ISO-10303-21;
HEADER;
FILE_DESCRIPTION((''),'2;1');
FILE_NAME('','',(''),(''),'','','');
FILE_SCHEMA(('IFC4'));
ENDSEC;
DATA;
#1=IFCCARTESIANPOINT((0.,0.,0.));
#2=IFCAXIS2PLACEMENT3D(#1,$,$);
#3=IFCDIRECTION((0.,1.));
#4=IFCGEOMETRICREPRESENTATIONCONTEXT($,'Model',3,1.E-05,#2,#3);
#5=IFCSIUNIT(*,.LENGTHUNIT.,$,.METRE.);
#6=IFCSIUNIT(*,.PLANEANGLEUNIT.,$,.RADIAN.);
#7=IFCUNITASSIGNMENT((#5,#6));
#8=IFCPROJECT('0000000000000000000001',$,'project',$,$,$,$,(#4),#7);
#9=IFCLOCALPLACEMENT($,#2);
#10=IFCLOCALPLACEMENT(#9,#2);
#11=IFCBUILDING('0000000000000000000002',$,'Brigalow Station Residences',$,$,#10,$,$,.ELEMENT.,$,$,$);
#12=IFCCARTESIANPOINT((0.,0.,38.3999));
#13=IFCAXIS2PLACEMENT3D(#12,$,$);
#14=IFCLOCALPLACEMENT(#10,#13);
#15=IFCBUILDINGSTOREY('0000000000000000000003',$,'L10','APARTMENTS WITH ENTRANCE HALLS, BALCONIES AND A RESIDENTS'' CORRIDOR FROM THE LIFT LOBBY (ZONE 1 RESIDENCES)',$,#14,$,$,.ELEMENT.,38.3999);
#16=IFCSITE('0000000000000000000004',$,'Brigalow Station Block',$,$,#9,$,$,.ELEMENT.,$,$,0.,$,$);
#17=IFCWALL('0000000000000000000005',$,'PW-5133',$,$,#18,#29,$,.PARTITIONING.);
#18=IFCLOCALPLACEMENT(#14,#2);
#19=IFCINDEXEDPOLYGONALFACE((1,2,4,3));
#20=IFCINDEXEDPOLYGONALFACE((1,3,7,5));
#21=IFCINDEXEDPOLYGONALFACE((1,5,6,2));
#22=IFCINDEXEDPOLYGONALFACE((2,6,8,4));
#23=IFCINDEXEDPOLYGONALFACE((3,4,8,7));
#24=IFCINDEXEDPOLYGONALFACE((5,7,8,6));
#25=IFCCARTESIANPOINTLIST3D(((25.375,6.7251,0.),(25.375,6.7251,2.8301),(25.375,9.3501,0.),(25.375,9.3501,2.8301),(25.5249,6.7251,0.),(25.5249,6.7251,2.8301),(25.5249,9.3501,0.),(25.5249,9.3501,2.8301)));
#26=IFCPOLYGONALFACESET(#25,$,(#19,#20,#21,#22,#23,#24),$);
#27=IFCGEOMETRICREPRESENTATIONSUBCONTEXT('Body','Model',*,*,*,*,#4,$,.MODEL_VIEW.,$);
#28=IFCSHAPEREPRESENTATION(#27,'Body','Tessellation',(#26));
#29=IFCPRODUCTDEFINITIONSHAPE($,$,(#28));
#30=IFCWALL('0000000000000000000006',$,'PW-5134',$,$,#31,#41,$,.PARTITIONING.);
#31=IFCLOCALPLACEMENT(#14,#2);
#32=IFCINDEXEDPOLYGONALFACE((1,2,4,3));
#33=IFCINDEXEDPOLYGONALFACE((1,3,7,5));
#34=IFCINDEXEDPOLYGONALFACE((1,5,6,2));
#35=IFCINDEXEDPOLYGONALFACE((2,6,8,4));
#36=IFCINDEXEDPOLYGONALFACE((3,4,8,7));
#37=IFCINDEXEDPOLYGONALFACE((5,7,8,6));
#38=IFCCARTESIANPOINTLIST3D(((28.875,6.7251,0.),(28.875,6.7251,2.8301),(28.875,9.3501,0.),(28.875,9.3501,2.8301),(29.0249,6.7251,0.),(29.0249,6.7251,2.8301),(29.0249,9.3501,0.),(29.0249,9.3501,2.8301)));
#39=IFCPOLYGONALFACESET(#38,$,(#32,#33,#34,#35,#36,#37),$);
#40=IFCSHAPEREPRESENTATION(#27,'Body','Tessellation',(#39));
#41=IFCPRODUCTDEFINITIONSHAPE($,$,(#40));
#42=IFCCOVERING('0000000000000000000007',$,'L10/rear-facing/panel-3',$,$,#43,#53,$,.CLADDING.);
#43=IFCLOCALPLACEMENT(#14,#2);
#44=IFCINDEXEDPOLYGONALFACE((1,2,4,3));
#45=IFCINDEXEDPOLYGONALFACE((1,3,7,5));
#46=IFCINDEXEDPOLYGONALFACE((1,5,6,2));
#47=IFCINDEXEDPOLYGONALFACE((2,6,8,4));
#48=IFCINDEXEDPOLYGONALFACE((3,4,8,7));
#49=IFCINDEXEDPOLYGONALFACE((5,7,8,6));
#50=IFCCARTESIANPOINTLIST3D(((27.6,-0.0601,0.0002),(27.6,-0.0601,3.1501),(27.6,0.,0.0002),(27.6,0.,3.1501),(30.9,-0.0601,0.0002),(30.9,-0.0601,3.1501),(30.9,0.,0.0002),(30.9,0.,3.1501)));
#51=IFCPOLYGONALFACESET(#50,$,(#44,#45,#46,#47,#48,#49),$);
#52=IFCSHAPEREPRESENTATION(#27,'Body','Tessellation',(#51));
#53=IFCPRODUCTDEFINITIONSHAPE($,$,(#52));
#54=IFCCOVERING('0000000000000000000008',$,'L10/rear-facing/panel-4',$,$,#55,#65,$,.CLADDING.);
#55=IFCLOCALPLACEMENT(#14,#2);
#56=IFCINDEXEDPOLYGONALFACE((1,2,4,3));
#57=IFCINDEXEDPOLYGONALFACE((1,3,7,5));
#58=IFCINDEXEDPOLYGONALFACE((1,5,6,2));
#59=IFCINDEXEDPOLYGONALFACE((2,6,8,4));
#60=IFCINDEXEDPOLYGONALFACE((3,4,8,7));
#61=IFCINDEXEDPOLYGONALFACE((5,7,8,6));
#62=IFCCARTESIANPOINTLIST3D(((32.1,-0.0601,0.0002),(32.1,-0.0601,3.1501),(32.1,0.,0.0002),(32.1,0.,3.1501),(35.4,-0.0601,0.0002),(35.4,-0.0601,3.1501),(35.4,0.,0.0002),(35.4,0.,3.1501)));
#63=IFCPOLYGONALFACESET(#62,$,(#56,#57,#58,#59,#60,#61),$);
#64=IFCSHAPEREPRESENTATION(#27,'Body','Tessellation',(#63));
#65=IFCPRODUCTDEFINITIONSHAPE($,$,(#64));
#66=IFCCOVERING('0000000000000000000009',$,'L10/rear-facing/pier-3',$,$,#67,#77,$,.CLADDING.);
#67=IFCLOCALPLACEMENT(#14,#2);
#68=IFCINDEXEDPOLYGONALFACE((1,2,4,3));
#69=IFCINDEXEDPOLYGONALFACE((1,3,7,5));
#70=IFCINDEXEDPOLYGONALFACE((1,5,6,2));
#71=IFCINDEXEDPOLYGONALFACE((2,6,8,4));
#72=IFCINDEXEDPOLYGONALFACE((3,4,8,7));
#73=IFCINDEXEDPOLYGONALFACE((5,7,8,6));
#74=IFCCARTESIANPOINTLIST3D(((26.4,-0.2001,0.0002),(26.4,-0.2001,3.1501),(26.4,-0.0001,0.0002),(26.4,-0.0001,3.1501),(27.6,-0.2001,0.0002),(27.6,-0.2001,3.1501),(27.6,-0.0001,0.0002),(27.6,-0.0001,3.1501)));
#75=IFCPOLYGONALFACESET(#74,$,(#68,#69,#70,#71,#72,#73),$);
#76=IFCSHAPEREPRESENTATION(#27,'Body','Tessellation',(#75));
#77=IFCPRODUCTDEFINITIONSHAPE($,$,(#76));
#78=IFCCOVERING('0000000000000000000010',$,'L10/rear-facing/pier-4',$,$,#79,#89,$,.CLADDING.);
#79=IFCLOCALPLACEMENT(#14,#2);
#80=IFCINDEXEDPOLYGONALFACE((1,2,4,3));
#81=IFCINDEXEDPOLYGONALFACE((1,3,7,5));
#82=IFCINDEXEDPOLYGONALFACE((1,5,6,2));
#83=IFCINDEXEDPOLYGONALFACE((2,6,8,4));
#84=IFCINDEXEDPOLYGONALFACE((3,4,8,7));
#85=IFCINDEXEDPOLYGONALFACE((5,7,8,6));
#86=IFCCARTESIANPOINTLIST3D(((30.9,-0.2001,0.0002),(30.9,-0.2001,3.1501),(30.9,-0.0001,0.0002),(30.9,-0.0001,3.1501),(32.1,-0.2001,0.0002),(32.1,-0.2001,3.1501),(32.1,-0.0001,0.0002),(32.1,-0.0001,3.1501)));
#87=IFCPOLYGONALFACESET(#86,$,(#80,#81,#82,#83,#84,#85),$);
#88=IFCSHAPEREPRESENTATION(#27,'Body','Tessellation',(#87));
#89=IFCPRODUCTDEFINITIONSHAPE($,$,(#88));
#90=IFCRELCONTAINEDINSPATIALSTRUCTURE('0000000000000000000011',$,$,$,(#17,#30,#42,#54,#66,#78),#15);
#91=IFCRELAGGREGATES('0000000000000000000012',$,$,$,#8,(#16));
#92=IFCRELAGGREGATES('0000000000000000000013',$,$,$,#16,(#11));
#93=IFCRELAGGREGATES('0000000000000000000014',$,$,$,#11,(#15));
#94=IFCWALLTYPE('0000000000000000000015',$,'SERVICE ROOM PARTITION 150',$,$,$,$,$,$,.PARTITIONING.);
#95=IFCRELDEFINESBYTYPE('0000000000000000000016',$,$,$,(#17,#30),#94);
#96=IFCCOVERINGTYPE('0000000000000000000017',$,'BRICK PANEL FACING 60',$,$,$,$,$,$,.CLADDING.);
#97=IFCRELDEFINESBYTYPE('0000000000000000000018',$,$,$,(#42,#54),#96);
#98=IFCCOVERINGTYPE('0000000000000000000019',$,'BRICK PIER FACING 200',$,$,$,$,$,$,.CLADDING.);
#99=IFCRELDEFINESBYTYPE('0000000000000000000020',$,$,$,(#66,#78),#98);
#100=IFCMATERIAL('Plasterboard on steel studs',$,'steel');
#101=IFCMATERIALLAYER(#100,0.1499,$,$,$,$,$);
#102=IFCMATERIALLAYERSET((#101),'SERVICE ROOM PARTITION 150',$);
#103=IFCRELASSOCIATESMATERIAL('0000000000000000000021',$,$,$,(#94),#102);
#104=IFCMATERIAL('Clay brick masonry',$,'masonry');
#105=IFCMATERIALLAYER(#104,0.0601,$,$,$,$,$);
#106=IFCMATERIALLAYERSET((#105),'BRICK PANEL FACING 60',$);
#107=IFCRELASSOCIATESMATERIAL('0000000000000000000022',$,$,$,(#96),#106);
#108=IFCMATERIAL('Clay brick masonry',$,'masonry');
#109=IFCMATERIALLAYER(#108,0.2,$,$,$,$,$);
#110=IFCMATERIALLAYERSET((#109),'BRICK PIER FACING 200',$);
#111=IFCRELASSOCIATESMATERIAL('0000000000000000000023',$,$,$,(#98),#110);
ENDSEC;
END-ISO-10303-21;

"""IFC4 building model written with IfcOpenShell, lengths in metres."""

from ifc_helpers import new_model, si_unit, direction, frame, frame_2d, origin, origin_2d, place, context, subcontext, project, spatial, rectangle, extrude, material, layer, layer_set, type_object, element, save


model = new_model("IFC4")

# Units and contexts
model_context = context("Model", 3, precision=1e-05, world=origin(), true_north=direction((0.0, 1.0)))
body_context = subcontext(model_context, "Body", "Model", "MODEL_VIEW")
ifc_project = project(units=[si_unit("LENGTHUNIT", "METRE"), si_unit("PLANEANGLEUNIT", "RADIAN")], contexts=[model_context])

# Site, building, storey
site_placement = place(None, origin())
site = spatial("IfcSite", under=ifc_project, at=site_placement, Name="Brigalow Station Block", CompositionType="ELEMENT", RefElevation=0.0)
building_placement = place(site_placement, origin())
building = spatial("IfcBuilding", under=site, at=building_placement, Name="Brigalow Station Residences", CompositionType="ELEMENT")
storey_placement = place(building_placement, frame((0.0, 0.0, 38.3999)))
storey = spatial("IfcBuildingStorey", under=building, at=storey_placement, Name="L10", Description="APARTMENTS WITH ENTRANCE HALLS, BALCONIES AND A RESIDENTS' CORRIDOR FROM THE LIFT LOBBY (ZONE 1 RESIDENCES)", CompositionType="ELEMENT", Elevation=38.3999)

# Shared definitions
ifc_material_1 = material(Name="Plasterboard on steel studs", Category="steel")
ifc_layer_1 = layer(ifc_material_1, 0.1499)
ifc_layer_set_1 = layer_set([ifc_layer_1], Name="SERVICE ROOM PARTITION 150")
wall_type_1 = type_object("IfcWallType", Name="SERVICE ROOM PARTITION 150", PredefinedType="PARTITIONING", material=ifc_layer_set_1)

# Walls
for number, where, z_axis, x_axis, name in (
    (1, (25.45, 6.7251, 0.0), (0.0, 0.0, 1.0), (0.0, 1.0, 0.0), "PW-5133"),
    (2, (28.95, 6.7251, 0.0), (0.0, 0.0, 1.0), (0.0, 1.0, 0.0), "PW-5134"),
):
    element("IfcWall", number, at=place(storey_placement, frame(where, z_axis=z_axis, x_axis=x_axis)), inside=storey, type_object=wall_type_1, Name=name, PredefinedType="PARTITIONING", context=body_context, shape_type="SweptSolid", body=[
        extrude(rectangle(XDim=2.625, YDim=0.1499, at=frame_2d((1.3125, 0.0))), origin(), (0.0, 0.0, 1.0), 2.8301),
    ])

# Coverings
ifc_material_2 = material(Name="Clay brick masonry", Category="masonry")
ifc_layer_2 = layer(ifc_material_2, 0.0601)
ifc_layer_set_2 = layer_set([ifc_layer_2], Name="BRICK PANEL FACING 60")
covering_type_1 = type_object("IfcCoveringType", Name="BRICK PANEL FACING 60", PredefinedType="CLADDING", material=ifc_layer_set_2)
for number, where, z_axis, x_axis, name in (
    (3, (29.25, -0.03, 0.0002), (0.0, 0.0, 1.0), (1.0, 0.0, 0.0), "L10/rear-facing/panel-3"),
    (4, (33.75, -0.03, 0.0002), (0.0, 0.0, 1.0), (1.0, 0.0, 0.0), "L10/rear-facing/panel-4"),
):
    element("IfcCovering", number, at=place(storey_placement, frame(where, z_axis=z_axis, x_axis=x_axis)), inside=storey, type_object=covering_type_1, Name=name, PredefinedType="CLADDING", context=body_context, shape_type="SweptSolid", body=[
        extrude(rectangle(XDim=3.3, YDim=0.0601, at=origin_2d()), origin(), (0.0, 0.0, 1.0), 3.1499),
    ])
ifc_material_3 = material(Name="Clay brick masonry", Category="masonry")
ifc_layer_3 = layer(ifc_material_3, 0.2)
ifc_layer_set_3 = layer_set([ifc_layer_3], Name="BRICK PIER FACING 200")
covering_type_2 = type_object("IfcCoveringType", Name="BRICK PIER FACING 200", PredefinedType="CLADDING", material=ifc_layer_set_3)
for number, where, z_axis, x_axis, name in (
    (5, (27.0, -0.1001, 0.0002), (0.0, 0.0, 1.0), (1.0, 0.0, 0.0), "L10/rear-facing/pier-3"),
    (6, (31.5, -0.1001, 0.0002), (0.0, 0.0, 1.0), (1.0, 0.0, 0.0), "L10/rear-facing/pier-4"),
):
    element("IfcCovering", number, at=place(storey_placement, frame(where, z_axis=z_axis, x_axis=x_axis)), inside=storey, type_object=covering_type_2, Name=name, PredefinedType="CLADDING", context=body_context, shape_type="SweptSolid", body=[
        extrude(rectangle(XDim=1.2, YDim=0.2, at=origin_2d()), origin(), (0.0, 0.0, 1.0), 3.1499),
    ])

save(model, "model.ifc")
